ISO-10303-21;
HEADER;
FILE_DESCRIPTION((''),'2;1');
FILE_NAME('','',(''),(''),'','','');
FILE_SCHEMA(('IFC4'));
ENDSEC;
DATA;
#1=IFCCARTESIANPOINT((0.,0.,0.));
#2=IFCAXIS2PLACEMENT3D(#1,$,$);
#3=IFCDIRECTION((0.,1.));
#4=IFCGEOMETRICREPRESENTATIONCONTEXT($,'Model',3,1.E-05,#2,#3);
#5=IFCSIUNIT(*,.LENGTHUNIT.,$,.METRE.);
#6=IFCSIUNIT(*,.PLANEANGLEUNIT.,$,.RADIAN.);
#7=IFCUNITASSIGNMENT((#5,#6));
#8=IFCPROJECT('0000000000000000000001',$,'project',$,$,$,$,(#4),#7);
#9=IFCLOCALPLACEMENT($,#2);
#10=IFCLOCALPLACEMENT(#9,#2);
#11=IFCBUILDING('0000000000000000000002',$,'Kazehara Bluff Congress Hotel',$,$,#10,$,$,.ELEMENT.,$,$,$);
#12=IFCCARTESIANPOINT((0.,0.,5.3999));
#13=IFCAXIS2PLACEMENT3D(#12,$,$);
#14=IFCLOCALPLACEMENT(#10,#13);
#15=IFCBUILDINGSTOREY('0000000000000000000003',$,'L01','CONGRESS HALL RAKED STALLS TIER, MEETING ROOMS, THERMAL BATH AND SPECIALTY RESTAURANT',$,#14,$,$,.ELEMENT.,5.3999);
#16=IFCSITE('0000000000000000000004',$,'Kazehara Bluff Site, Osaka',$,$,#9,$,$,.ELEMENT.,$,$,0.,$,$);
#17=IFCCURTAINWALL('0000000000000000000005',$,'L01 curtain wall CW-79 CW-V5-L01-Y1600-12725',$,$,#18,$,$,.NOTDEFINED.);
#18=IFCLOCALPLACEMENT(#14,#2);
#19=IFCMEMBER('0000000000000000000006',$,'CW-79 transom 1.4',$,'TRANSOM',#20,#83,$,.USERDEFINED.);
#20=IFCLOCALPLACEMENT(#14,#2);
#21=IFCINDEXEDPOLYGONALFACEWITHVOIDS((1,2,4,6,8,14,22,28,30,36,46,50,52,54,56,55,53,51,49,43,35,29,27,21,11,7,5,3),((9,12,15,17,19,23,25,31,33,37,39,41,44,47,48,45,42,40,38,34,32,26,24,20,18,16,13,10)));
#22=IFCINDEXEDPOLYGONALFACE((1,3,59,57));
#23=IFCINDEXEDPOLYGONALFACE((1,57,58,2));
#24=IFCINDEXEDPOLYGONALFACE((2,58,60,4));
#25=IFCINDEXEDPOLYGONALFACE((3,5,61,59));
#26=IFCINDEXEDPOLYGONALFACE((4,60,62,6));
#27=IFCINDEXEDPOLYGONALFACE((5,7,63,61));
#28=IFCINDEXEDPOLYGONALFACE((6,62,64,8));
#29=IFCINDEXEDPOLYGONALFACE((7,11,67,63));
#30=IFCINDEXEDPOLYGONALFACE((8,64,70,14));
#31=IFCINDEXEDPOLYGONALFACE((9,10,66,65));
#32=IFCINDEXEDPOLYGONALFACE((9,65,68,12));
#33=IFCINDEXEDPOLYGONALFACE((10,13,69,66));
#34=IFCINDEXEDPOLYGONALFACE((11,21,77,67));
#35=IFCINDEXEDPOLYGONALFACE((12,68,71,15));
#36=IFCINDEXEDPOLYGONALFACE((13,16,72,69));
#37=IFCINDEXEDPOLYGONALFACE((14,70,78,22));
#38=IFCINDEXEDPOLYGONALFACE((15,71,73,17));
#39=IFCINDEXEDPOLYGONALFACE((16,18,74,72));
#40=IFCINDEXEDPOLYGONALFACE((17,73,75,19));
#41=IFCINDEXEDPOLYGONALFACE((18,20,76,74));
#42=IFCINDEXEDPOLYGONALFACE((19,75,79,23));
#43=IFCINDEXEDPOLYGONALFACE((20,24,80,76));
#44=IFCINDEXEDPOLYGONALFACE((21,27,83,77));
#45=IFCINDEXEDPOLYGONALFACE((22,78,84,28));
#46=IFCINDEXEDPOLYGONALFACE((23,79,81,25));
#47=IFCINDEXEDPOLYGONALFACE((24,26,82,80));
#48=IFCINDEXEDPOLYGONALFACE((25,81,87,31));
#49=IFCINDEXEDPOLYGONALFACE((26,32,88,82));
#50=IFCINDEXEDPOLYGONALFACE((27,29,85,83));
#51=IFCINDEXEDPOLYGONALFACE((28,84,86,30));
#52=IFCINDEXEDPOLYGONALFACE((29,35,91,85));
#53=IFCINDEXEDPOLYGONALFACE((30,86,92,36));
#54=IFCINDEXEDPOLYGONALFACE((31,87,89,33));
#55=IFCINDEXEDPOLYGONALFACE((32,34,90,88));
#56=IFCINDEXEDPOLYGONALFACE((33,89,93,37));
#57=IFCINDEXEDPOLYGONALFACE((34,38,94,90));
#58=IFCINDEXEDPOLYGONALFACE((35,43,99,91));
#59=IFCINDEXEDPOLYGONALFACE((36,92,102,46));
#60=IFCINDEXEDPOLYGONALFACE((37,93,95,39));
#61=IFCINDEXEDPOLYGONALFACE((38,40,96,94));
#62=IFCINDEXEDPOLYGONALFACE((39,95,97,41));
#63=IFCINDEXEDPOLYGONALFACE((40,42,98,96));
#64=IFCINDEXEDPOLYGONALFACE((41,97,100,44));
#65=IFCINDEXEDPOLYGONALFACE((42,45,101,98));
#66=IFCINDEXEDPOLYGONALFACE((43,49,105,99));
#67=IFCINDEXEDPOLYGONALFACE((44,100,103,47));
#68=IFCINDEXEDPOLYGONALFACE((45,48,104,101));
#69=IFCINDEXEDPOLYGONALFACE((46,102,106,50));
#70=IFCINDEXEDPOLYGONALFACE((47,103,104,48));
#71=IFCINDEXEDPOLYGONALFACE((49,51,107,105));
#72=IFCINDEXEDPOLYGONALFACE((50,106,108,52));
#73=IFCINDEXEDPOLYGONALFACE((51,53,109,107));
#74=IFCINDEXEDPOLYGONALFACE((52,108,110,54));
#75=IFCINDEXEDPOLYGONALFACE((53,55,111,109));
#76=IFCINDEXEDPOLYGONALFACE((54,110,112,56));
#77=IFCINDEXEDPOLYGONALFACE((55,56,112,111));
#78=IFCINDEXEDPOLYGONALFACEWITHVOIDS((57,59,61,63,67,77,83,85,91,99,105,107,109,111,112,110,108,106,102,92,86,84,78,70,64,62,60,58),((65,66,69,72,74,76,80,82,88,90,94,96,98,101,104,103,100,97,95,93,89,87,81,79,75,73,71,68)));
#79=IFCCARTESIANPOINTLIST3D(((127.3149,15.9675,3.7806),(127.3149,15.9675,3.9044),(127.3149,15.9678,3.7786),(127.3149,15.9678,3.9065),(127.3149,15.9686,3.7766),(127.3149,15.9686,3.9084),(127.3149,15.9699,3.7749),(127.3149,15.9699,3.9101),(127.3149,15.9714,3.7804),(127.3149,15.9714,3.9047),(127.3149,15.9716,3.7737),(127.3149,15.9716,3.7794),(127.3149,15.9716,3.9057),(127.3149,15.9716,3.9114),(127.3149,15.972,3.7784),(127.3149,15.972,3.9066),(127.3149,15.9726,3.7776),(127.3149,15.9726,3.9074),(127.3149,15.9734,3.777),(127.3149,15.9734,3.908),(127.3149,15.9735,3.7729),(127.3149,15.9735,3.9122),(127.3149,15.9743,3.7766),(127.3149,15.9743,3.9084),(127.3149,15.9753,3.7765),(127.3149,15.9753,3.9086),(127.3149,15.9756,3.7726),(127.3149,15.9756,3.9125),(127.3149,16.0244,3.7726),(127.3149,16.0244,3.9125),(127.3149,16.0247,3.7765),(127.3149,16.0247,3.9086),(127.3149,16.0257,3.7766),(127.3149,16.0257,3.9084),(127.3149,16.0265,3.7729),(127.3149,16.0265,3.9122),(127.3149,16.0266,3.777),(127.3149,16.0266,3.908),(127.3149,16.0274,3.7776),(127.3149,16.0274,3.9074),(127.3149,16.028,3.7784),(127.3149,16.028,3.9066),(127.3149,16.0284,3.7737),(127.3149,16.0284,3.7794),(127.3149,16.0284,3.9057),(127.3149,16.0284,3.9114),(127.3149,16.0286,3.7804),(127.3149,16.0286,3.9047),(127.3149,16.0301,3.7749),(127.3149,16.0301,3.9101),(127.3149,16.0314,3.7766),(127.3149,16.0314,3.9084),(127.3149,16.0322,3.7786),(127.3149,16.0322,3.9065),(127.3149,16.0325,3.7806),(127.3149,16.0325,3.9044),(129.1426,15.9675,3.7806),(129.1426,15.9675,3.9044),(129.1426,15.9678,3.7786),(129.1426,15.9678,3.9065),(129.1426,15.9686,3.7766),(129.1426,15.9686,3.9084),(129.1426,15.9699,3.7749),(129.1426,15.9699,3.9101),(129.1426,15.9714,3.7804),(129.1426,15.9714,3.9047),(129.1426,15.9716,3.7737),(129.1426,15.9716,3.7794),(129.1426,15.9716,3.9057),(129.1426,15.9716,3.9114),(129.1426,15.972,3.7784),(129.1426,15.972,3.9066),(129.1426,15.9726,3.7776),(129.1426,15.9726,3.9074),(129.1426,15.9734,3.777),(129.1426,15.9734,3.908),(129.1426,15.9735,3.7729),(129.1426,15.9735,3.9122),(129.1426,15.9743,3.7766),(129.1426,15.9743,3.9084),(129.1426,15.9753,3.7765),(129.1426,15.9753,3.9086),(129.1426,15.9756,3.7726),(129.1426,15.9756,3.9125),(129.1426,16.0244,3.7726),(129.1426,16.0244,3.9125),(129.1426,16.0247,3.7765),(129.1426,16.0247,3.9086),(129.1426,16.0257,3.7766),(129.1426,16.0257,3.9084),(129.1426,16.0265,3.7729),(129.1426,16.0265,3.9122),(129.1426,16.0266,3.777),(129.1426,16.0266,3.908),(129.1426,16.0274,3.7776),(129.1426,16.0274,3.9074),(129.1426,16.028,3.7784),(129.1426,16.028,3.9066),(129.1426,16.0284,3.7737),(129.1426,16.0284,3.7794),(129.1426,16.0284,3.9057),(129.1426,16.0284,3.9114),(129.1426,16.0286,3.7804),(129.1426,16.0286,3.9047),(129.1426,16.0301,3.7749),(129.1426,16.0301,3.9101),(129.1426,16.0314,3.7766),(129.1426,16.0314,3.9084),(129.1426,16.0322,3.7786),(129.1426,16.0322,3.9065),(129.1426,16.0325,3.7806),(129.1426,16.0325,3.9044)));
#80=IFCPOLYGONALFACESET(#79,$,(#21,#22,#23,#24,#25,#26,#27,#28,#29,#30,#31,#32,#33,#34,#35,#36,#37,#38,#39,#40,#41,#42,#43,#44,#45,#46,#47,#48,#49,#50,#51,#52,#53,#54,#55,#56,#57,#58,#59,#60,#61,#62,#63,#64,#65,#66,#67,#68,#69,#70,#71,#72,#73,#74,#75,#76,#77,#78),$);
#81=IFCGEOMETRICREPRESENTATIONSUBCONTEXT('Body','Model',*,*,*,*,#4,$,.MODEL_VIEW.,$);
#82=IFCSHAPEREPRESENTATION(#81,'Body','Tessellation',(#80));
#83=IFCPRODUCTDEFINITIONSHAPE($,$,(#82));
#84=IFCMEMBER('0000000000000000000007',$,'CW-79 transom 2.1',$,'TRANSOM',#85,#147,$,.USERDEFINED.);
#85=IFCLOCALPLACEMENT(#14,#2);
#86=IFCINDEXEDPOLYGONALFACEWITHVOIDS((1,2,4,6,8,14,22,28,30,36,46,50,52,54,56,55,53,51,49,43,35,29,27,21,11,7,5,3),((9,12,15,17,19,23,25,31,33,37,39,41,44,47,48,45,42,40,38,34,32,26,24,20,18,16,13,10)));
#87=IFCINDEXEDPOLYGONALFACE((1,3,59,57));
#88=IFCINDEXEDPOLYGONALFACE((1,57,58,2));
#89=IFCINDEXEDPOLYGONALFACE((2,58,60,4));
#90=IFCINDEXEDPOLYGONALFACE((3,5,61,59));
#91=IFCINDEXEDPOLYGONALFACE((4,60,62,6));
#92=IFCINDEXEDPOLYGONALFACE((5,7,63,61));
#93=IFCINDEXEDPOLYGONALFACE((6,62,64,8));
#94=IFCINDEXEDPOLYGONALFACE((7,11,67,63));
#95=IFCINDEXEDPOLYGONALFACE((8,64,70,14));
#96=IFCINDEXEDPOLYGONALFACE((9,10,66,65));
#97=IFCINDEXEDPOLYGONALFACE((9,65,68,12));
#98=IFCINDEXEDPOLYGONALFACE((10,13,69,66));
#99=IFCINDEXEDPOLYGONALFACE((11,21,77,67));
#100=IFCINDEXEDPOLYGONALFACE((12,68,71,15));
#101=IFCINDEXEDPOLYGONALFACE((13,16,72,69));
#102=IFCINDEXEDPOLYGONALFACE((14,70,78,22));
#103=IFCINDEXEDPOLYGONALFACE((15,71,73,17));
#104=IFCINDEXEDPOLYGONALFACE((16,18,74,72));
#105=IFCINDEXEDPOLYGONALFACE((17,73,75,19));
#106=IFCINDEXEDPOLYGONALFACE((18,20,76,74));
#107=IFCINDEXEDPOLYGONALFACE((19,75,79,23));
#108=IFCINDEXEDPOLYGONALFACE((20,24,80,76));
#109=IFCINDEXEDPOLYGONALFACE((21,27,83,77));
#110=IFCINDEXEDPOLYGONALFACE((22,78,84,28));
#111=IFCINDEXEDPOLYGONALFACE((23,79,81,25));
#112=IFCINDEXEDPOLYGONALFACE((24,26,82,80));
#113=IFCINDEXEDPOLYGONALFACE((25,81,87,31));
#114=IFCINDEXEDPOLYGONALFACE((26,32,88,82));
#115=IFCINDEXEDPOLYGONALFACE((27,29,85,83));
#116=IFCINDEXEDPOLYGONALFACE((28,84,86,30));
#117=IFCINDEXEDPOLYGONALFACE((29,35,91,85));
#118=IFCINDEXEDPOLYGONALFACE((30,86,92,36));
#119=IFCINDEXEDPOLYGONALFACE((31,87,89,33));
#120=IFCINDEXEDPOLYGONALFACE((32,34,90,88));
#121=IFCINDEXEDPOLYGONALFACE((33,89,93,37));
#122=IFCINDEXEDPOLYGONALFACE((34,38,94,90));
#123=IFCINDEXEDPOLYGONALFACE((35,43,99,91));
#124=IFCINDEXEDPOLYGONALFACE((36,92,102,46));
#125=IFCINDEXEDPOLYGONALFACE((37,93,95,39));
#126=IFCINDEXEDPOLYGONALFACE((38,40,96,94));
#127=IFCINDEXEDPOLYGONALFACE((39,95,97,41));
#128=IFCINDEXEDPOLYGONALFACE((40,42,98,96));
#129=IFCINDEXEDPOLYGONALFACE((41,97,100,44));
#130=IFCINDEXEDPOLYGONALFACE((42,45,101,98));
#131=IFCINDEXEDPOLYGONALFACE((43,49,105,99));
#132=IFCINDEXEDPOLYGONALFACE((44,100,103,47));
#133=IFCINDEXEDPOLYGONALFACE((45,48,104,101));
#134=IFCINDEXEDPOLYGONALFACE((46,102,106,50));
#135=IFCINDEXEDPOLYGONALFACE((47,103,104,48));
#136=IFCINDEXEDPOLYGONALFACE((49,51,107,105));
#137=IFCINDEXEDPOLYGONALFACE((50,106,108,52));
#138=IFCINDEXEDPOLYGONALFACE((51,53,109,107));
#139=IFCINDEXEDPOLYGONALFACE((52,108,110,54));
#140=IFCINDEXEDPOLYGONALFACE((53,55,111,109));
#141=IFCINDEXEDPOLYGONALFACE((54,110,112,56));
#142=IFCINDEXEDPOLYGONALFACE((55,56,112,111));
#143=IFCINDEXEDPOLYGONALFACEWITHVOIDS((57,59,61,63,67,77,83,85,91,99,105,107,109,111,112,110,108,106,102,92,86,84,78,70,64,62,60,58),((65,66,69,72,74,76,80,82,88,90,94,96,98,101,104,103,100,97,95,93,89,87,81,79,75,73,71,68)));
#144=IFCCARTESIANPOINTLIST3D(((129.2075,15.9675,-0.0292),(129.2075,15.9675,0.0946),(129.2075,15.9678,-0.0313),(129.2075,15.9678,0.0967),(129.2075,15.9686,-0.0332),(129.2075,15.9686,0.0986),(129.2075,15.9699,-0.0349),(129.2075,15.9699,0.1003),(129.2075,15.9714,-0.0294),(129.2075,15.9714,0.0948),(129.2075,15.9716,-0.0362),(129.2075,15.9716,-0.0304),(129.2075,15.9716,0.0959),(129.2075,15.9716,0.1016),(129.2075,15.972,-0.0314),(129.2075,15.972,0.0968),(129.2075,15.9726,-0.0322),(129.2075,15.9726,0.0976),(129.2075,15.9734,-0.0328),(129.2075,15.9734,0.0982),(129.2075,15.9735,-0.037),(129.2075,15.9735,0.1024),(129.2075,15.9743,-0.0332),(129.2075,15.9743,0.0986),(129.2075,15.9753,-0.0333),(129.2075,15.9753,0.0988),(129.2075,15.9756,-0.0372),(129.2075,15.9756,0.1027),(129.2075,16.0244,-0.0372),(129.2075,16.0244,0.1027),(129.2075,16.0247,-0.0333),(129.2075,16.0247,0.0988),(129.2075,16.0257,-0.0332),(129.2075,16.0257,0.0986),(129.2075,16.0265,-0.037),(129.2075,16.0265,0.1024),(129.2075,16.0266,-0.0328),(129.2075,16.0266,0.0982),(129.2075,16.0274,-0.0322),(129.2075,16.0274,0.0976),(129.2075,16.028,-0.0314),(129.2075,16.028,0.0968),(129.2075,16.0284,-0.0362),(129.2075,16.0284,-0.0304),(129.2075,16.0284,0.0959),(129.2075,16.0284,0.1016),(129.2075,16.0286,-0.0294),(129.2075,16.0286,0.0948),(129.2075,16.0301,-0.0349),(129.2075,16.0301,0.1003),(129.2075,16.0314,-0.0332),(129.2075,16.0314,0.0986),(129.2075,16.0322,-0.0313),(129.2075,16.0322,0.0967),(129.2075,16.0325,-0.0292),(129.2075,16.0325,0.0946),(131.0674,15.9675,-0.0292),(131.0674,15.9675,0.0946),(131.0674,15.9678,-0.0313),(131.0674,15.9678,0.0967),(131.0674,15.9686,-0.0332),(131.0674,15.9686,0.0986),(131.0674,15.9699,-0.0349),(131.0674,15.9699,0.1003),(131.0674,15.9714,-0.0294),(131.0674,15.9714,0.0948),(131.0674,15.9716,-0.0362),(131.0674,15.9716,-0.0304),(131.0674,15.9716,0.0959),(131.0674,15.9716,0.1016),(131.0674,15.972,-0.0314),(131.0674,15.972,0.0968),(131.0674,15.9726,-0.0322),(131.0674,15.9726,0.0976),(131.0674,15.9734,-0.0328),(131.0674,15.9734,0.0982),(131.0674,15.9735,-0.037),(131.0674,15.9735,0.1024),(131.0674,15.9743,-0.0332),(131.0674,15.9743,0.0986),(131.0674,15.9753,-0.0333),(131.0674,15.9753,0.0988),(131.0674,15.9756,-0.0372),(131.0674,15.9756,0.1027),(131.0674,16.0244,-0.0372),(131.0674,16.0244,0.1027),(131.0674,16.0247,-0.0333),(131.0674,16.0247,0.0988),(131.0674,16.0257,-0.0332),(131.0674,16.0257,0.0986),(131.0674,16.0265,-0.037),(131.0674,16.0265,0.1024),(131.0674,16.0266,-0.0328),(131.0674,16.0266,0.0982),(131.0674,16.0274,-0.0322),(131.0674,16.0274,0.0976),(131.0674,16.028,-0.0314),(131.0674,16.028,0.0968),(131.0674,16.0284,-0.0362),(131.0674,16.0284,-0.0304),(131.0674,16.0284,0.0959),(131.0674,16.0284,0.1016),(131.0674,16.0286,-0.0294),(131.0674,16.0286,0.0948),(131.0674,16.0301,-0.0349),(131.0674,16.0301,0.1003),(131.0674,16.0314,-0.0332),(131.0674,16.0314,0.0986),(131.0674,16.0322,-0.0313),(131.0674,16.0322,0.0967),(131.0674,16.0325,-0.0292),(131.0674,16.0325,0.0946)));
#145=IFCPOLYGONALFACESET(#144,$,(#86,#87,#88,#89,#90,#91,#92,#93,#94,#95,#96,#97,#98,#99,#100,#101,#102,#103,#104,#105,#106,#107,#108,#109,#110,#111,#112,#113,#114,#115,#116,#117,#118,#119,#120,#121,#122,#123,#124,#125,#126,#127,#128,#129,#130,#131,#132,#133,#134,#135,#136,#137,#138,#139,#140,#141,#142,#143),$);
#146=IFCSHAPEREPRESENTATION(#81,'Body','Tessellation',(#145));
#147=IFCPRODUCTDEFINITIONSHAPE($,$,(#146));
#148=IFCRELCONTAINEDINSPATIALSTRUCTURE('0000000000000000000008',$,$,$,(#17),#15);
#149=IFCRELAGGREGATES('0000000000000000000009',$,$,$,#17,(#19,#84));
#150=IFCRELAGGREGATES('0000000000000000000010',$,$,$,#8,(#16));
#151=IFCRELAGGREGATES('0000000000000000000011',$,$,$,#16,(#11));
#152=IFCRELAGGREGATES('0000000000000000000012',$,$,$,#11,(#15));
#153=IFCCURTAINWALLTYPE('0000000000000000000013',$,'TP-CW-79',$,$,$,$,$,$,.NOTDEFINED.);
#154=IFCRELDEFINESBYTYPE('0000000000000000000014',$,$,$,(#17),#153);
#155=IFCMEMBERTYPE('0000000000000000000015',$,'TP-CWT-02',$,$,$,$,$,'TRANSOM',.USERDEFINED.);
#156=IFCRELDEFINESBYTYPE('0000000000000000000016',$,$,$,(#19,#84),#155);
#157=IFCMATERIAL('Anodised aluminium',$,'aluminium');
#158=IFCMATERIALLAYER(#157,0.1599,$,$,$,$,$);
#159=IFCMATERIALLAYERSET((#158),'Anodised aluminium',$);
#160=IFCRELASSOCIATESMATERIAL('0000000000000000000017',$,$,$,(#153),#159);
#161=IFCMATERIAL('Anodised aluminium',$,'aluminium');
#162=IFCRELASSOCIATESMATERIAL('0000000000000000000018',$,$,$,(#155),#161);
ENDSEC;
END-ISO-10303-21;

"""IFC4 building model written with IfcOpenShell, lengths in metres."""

from ifc_helpers import new_model, si_unit, direction, frame, origin, origin_2d, place, context, subcontext, project, spatial, hollow_rectangle, extrude, material, layer, layer_set, material_profile, profile_set, type_object, element, aggregate, save


model = new_model("IFC4")

# Units and contexts
model_context = context("Model", 3, precision=1e-05, world=origin(), true_north=direction((0.0, 1.0)))
body_context = subcontext(model_context, "Body", "Model", "MODEL_VIEW")
ifc_project = project(units=[si_unit("LENGTHUNIT", "METRE"), si_unit("PLANEANGLEUNIT", "RADIAN")], contexts=[model_context])

# Site, building, storey
site_placement = place(None, origin())
site = spatial("IfcSite", under=ifc_project, at=site_placement, Name="Kazehara Bluff Site, Osaka", CompositionType="ELEMENT", RefElevation=0.0)
building_placement = place(site_placement, origin())
building = spatial("IfcBuilding", under=site, at=building_placement, Name="Kazehara Bluff Congress Hotel", CompositionType="ELEMENT")
storey_placement = place(building_placement, frame((0.0, 0.0, 5.3999)))
storey = spatial("IfcBuildingStorey", under=building, at=storey_placement, Name="L01", Description="CONGRESS HALL RAKED STALLS TIER, MEETING ROOMS, THERMAL BATH AND SPECIALTY RESTAURANT", CompositionType="ELEMENT", Elevation=5.3999)

# Curtain wall, members
ifc_material_1 = material(Name="Anodised aluminium", Category="aluminium")
ifc_layer_1 = layer(ifc_material_1, 0.1599)
ifc_layer_set_1 = layer_set([ifc_layer_1], Name="Anodised aluminium")
curtain_wall_type = type_object("IfcCurtainWallType", Name="TP-CW-79", PredefinedType="NOTDEFINED", material=ifc_layer_set_1)
curtain_wall_placement = place(storey_placement, origin())
curtain_wall = element("IfcCurtainWall", 1, at=curtain_wall_placement, inside=storey, type_object=curtain_wall_type, Name="L01 curtain wall CW-79 CW-V5-L01-Y1600-12725", PredefinedType="NOTDEFINED")
ifc_material_2 = material(Name="Anodised aluminium", Category="aluminium")
ifc_material_profile_1 = material_profile(ifc_material_2, hollow_rectangle(XDim=0.0649, YDim=0.1399, WallThickness=0.0039, InnerFilletRadius=0.0039, OuterFilletRadius=0.0081, at=origin_2d()))
ifc_profile_set_1 = profile_set([ifc_material_profile_1], Name="Anodised aluminium")
member_type_1 = type_object("IfcMemberType", Name="TP-CWT-02", ElementType="TRANSOM", PredefinedType="USERDEFINED", material=ifc_profile_set_1)
member_1_placement = place(storey_placement, frame((127.3149, 16.0, 3.8425), z_axis=(1.0, 0.0, 0.0), x_axis=(0.0, 1.0, 0.0)))
member_1 = element("IfcMember", 2, at=member_1_placement, type_object=member_type_1, Name="CW-79 transom 1.4", ObjectType="TRANSOM", PredefinedType="USERDEFINED", context=body_context, shape_type="SweptSolid", body=[
    extrude(hollow_rectangle(XDim=0.0649, YDim=0.1399, WallThickness=0.0039, InnerFilletRadius=0.0039, OuterFilletRadius=0.0081, at=origin_2d()), origin(), (0.0, 0.0, 1.0), 1.8276),
])
member_2_placement = place(storey_placement, frame((129.2075, 16.0, 0.0327), z_axis=(1.0, 0.0, 0.0), x_axis=(0.0, 1.0, 0.0)))
member_2 = element("IfcMember", 3, at=member_2_placement, type_object=member_type_1, Name="CW-79 transom 2.1", ObjectType="TRANSOM", PredefinedType="USERDEFINED", context=body_context, shape_type="SweptSolid", body=[
    extrude(hollow_rectangle(XDim=0.0649, YDim=0.1399, WallThickness=0.0039, InnerFilletRadius=0.0039, OuterFilletRadius=0.0081, at=origin_2d()), origin(), (0.0, 0.0, 1.0), 1.8599),
])

aggregate(curtain_wall, [member_1, member_2])

save(model, "model.ifc")
